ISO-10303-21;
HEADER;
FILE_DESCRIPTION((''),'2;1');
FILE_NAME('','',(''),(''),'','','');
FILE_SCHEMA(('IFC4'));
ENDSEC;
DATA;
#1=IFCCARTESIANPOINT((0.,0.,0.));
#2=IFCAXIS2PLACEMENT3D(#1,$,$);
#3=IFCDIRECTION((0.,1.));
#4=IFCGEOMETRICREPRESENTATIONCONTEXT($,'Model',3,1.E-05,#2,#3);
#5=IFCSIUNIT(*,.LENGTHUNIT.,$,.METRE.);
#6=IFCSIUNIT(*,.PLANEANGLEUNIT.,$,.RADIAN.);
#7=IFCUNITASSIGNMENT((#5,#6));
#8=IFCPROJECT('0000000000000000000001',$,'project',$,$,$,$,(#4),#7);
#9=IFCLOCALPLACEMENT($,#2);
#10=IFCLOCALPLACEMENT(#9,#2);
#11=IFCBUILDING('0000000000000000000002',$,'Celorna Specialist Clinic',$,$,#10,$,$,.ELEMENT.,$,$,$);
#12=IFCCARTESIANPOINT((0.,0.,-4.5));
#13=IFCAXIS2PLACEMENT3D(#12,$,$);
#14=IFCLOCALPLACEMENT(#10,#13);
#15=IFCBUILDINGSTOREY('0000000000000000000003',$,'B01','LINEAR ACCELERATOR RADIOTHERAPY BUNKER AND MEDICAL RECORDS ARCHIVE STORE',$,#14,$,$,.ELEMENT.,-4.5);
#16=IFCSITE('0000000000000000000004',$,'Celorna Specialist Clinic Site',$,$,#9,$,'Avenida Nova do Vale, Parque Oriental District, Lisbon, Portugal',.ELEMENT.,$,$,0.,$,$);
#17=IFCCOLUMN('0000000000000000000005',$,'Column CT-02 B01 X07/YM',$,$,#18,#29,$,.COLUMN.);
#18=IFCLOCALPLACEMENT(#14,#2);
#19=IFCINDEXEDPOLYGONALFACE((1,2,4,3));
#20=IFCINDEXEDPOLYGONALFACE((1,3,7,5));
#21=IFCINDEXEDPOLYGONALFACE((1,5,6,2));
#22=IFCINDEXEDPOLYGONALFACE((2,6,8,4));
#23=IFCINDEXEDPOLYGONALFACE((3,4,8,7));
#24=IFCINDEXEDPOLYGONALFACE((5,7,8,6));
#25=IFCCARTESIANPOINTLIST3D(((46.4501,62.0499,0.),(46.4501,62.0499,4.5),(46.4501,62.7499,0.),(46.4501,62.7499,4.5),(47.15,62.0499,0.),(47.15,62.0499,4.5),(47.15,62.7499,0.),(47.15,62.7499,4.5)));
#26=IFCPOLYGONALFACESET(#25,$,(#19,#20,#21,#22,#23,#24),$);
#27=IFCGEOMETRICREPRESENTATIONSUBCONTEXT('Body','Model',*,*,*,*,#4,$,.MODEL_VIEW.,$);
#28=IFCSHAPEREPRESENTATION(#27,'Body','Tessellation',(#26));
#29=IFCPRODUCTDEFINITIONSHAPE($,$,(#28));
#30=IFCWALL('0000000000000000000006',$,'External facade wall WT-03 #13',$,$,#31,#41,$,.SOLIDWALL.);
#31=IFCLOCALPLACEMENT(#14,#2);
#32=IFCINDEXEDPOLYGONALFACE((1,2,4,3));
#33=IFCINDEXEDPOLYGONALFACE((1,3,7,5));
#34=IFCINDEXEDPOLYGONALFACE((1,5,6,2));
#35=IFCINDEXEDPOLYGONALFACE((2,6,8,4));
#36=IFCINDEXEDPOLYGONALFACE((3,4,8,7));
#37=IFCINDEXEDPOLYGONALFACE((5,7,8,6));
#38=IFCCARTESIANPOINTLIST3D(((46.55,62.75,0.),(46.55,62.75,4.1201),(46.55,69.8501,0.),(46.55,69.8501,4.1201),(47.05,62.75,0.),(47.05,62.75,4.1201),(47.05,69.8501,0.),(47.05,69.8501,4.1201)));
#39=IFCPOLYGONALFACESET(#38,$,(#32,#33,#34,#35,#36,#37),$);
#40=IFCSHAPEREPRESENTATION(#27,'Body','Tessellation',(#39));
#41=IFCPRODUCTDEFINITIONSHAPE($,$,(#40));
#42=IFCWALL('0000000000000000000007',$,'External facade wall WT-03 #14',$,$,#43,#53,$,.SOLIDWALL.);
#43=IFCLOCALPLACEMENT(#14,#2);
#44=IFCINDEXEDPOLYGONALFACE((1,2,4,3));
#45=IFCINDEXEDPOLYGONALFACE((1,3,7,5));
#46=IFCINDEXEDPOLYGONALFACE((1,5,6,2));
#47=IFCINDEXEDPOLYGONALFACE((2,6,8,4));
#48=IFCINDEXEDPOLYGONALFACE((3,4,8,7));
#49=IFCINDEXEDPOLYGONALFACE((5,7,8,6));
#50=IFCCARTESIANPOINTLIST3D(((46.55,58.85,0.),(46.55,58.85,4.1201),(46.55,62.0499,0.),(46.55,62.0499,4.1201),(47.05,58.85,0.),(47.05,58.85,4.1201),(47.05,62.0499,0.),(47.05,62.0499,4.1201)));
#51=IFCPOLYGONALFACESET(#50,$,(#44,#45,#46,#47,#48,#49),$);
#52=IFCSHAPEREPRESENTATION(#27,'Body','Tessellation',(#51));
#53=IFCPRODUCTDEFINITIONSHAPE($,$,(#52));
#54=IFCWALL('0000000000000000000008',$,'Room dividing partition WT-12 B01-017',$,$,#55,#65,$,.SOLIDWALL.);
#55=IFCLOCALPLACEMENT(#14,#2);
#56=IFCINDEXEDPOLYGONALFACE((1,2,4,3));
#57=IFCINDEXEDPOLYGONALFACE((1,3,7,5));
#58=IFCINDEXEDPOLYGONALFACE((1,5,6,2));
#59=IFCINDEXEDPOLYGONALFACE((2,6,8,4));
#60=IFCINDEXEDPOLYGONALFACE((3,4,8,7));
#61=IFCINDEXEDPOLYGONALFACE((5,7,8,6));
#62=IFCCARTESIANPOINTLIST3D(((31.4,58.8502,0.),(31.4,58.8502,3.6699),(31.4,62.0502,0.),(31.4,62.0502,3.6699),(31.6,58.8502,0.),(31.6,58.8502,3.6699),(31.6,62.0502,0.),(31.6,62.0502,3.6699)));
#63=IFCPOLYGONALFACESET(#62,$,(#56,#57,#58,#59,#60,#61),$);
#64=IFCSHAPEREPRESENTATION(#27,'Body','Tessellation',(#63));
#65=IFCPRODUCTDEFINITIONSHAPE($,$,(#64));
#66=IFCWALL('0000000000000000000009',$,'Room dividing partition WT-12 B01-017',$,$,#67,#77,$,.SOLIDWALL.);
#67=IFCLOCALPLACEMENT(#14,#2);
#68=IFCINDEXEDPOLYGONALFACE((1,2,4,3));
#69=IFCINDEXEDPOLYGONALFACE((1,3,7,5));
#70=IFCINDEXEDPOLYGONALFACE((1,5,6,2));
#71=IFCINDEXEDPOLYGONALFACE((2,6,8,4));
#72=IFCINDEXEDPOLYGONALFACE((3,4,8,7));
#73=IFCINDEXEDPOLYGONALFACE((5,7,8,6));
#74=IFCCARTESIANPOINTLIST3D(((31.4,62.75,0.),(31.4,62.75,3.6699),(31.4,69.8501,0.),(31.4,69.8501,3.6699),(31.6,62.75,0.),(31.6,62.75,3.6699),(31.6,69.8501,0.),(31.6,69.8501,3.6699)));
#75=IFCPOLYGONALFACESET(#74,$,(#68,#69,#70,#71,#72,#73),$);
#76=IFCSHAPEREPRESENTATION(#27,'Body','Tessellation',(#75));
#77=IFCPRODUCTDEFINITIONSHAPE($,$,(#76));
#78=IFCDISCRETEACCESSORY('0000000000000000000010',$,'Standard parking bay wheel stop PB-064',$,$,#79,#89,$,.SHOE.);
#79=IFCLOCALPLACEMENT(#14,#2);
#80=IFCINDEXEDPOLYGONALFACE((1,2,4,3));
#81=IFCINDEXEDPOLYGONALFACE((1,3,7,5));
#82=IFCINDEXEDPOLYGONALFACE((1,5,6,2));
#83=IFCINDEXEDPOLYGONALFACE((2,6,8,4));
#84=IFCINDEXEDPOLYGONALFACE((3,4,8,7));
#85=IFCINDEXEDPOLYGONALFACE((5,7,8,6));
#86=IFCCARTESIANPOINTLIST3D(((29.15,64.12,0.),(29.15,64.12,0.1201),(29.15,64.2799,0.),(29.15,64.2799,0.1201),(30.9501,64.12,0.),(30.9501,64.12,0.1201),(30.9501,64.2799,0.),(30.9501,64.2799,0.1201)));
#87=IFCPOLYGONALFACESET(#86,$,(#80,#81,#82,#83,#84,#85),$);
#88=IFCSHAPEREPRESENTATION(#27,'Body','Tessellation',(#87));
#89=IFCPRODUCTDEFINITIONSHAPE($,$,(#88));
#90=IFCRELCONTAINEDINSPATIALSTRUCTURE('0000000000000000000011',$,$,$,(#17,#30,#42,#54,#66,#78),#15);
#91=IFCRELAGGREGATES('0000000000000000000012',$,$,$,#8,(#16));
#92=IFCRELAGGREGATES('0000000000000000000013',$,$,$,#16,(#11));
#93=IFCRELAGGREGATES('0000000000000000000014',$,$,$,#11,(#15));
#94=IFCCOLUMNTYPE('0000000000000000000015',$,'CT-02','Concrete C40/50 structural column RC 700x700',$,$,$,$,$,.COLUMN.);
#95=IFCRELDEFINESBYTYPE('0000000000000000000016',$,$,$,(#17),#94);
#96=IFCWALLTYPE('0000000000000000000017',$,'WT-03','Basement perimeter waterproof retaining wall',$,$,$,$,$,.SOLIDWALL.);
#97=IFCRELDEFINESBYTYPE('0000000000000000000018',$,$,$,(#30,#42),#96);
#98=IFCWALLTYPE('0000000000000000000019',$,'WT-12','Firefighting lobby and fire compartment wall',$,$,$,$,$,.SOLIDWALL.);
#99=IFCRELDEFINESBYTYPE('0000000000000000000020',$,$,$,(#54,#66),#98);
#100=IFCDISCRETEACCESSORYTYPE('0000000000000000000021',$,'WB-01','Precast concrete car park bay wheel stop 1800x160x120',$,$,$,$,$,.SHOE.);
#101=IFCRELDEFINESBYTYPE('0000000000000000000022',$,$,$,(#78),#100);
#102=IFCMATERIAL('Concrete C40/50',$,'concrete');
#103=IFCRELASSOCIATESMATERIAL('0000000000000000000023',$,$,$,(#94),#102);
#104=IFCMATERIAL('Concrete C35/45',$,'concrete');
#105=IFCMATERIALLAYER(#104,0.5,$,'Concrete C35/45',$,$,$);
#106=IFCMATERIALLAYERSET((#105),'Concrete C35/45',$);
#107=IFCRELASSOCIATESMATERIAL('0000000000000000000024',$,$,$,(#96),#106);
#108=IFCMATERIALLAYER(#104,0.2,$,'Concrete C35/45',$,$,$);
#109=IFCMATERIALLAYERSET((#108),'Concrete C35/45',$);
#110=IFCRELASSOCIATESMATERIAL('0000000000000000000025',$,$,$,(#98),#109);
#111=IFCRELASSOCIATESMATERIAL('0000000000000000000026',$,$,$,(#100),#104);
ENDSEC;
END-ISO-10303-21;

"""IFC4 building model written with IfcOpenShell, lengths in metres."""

from ifc_helpers import new_model, si_unit, direction, frame, frame_2d, origin, origin_2d, place, context, subcontext, project, spatial, rectangle, extrude, material, layer, layer_set, material_profile, profile_set, type_object, element, save


model = new_model("IFC4")

# Units and contexts
model_context = context("Model", 3, precision=1e-05, world=origin(), true_north=direction((0.0, 1.0)))
body_context = subcontext(model_context, "Body", "Model", "MODEL_VIEW")
ifc_project = project(units=[si_unit("LENGTHUNIT", "METRE"), si_unit("PLANEANGLEUNIT", "RADIAN")], contexts=[model_context])

# Site, building, storey
site_placement = place(None, origin())
site = spatial("IfcSite", under=ifc_project, at=site_placement, Name="Celorna Specialist Clinic Site", LongName="Avenida Nova do Vale, Parque Oriental District, Lisbon, Portugal", CompositionType="ELEMENT", RefElevation=0.0)
building_placement = place(site_placement, origin())
building = spatial("IfcBuilding", under=site, at=building_placement, Name="Celorna Specialist Clinic", CompositionType="ELEMENT")
storey_placement = place(building_placement, frame((0.0, 0.0, -4.5)))
storey = spatial("IfcBuildingStorey", under=building, at=storey_placement, Name="B01", Description="LINEAR ACCELERATOR RADIOTHERAPY BUNKER AND MEDICAL RECORDS ARCHIVE STORE", CompositionType="ELEMENT", Elevation=-4.5)

# Shared definitions
ifc_material_1 = material(Name="Concrete C35/45", Category="concrete")

# Column
ifc_material_2 = material(Name="Concrete C40/50", Category="concrete")
ifc_material_profile_1 = material_profile(ifc_material_2, rectangle(XDim=0.7, YDim=0.7, at=origin_2d()), Name="RC 700x700")
ifc_profile_set_1 = profile_set([ifc_material_profile_1], Name="Concrete C40/50")
column_type = type_object("IfcColumnType", Name="CT-02", Description="Concrete C40/50 structural column RC 700x700", PredefinedType="COLUMN", material=ifc_profile_set_1)
for number, where, z_axis, x_axis, name in (
    (1, (46.8, 62.3999, 0.0), (0.0, 0.0, 1.0), (1.0, 0.0, 0.0), "Column CT-02 B01 X07/YM"),
):
    element("IfcColumn", number, at=place(storey_placement, frame(where, z_axis=z_axis, x_axis=x_axis)), inside=storey, type_object=column_type, Name=name, PredefinedType="COLUMN", context=body_context, shape_type="SweptSolid", body=[
        extrude(rectangle(XDim=0.7, YDim=0.7, at=origin_2d()), origin(), (0.0, 0.0, 1.0), 4.5),
    ])

# Walls
ifc_layer_1 = layer(ifc_material_1, 0.5, Name="Concrete C35/45")
ifc_layer_set_1 = layer_set([ifc_layer_1], Name="Concrete C35/45")
wall_type_1 = type_object("IfcWallType", Name="WT-03", Description="Basement perimeter waterproof retaining wall", PredefinedType="SOLIDWALL", material=ifc_layer_set_1)
wall_1_placement = place(storey_placement, frame((46.8, 69.8501, 0.0), z_axis=(0.0, 0.0, 1.0), x_axis=(0.0, -1.0, 0.0)))
element("IfcWall", 2, at=wall_1_placement, inside=storey, type_object=wall_type_1, Name="External facade wall WT-03 #13", PredefinedType="SOLIDWALL", context=body_context, shape_type="SweptSolid", body=[
    extrude(rectangle(XDim=7.1001, YDim=0.5, at=frame_2d((3.55, 0.0))), origin(), (0.0, 0.0, 1.0), 4.1201),
])
wall_2_placement = place(storey_placement, frame((46.8, 62.05, 0.0), z_axis=(0.0, 0.0, 1.0), x_axis=(0.0, -1.0, 0.0)))
element("IfcWall", 3, at=wall_2_placement, inside=storey, type_object=wall_type_1, Name="External facade wall WT-03 #14", PredefinedType="SOLIDWALL", context=body_context, shape_type="SweptSolid", body=[
    extrude(rectangle(XDim=3.2, YDim=0.5, at=frame_2d((1.6001, 0.0))), origin(), (0.0, 0.0, 1.0), 4.1201),
])
ifc_layer_2 = layer(ifc_material_1, 0.2, Name="Concrete C35/45")
ifc_layer_set_2 = layer_set([ifc_layer_2], Name="Concrete C35/45")
wall_type_2 = type_object("IfcWallType", Name="WT-12", Description="Firefighting lobby and fire compartment wall", PredefinedType="SOLIDWALL", material=ifc_layer_set_2)
wall_3_placement = place(storey_placement, frame((31.5, 58.8501, 0.0), z_axis=(0.0, 0.0, 1.0), x_axis=(0.0, 1.0, 0.0)))
element("IfcWall", 4, at=wall_3_placement, inside=storey, type_object=wall_type_2, Name="Room dividing partition WT-12 B01-017", PredefinedType="SOLIDWALL", context=body_context, shape_type="SweptSolid", body=[
    extrude(rectangle(XDim=3.2, YDim=0.2, at=frame_2d((1.6001, 0.0))), origin(), (0.0, 0.0, 1.0), 3.6699),
])
wall_4_placement = place(storey_placement, frame((31.5, 62.75, 0.0), z_axis=(0.0, 0.0, 1.0), x_axis=(0.0, 1.0, 0.0)))
element("IfcWall", 5, at=wall_4_placement, inside=storey, type_object=wall_type_2, Name="Room dividing partition WT-12 B01-017", PredefinedType="SOLIDWALL", context=body_context, shape_type="SweptSolid", body=[
    extrude(rectangle(XDim=7.1001, YDim=0.2, at=frame_2d((3.55, 0.0))), origin(), (0.0, 0.0, 1.0), 3.6699),
])

# Discrete accessory
discrete_accessory_type = type_object("IfcDiscreteAccessoryType", Name="WB-01", Description="Precast concrete car park bay wheel stop 1800x160x120", PredefinedType="SHOE", material=ifc_material_1)
discrete_accessory_placement = place(storey_placement, frame((30.05, 64.2, 0.0), z_axis=(0.0, 0.0, 1.0), x_axis=(1.0, 0.0, 0.0)))
element("IfcDiscreteAccessory", 6, at=discrete_accessory_placement, inside=storey, type_object=discrete_accessory_type, Name="Standard parking bay wheel stop PB-064", PredefinedType="SHOE", context=body_context, shape_type="SweptSolid", body=[
    extrude(rectangle(XDim=1.8, YDim=0.1599, at=origin_2d()), origin(), (0.0, 0.0, 1.0), 0.1201),
])

save(model, "model.ifc")
